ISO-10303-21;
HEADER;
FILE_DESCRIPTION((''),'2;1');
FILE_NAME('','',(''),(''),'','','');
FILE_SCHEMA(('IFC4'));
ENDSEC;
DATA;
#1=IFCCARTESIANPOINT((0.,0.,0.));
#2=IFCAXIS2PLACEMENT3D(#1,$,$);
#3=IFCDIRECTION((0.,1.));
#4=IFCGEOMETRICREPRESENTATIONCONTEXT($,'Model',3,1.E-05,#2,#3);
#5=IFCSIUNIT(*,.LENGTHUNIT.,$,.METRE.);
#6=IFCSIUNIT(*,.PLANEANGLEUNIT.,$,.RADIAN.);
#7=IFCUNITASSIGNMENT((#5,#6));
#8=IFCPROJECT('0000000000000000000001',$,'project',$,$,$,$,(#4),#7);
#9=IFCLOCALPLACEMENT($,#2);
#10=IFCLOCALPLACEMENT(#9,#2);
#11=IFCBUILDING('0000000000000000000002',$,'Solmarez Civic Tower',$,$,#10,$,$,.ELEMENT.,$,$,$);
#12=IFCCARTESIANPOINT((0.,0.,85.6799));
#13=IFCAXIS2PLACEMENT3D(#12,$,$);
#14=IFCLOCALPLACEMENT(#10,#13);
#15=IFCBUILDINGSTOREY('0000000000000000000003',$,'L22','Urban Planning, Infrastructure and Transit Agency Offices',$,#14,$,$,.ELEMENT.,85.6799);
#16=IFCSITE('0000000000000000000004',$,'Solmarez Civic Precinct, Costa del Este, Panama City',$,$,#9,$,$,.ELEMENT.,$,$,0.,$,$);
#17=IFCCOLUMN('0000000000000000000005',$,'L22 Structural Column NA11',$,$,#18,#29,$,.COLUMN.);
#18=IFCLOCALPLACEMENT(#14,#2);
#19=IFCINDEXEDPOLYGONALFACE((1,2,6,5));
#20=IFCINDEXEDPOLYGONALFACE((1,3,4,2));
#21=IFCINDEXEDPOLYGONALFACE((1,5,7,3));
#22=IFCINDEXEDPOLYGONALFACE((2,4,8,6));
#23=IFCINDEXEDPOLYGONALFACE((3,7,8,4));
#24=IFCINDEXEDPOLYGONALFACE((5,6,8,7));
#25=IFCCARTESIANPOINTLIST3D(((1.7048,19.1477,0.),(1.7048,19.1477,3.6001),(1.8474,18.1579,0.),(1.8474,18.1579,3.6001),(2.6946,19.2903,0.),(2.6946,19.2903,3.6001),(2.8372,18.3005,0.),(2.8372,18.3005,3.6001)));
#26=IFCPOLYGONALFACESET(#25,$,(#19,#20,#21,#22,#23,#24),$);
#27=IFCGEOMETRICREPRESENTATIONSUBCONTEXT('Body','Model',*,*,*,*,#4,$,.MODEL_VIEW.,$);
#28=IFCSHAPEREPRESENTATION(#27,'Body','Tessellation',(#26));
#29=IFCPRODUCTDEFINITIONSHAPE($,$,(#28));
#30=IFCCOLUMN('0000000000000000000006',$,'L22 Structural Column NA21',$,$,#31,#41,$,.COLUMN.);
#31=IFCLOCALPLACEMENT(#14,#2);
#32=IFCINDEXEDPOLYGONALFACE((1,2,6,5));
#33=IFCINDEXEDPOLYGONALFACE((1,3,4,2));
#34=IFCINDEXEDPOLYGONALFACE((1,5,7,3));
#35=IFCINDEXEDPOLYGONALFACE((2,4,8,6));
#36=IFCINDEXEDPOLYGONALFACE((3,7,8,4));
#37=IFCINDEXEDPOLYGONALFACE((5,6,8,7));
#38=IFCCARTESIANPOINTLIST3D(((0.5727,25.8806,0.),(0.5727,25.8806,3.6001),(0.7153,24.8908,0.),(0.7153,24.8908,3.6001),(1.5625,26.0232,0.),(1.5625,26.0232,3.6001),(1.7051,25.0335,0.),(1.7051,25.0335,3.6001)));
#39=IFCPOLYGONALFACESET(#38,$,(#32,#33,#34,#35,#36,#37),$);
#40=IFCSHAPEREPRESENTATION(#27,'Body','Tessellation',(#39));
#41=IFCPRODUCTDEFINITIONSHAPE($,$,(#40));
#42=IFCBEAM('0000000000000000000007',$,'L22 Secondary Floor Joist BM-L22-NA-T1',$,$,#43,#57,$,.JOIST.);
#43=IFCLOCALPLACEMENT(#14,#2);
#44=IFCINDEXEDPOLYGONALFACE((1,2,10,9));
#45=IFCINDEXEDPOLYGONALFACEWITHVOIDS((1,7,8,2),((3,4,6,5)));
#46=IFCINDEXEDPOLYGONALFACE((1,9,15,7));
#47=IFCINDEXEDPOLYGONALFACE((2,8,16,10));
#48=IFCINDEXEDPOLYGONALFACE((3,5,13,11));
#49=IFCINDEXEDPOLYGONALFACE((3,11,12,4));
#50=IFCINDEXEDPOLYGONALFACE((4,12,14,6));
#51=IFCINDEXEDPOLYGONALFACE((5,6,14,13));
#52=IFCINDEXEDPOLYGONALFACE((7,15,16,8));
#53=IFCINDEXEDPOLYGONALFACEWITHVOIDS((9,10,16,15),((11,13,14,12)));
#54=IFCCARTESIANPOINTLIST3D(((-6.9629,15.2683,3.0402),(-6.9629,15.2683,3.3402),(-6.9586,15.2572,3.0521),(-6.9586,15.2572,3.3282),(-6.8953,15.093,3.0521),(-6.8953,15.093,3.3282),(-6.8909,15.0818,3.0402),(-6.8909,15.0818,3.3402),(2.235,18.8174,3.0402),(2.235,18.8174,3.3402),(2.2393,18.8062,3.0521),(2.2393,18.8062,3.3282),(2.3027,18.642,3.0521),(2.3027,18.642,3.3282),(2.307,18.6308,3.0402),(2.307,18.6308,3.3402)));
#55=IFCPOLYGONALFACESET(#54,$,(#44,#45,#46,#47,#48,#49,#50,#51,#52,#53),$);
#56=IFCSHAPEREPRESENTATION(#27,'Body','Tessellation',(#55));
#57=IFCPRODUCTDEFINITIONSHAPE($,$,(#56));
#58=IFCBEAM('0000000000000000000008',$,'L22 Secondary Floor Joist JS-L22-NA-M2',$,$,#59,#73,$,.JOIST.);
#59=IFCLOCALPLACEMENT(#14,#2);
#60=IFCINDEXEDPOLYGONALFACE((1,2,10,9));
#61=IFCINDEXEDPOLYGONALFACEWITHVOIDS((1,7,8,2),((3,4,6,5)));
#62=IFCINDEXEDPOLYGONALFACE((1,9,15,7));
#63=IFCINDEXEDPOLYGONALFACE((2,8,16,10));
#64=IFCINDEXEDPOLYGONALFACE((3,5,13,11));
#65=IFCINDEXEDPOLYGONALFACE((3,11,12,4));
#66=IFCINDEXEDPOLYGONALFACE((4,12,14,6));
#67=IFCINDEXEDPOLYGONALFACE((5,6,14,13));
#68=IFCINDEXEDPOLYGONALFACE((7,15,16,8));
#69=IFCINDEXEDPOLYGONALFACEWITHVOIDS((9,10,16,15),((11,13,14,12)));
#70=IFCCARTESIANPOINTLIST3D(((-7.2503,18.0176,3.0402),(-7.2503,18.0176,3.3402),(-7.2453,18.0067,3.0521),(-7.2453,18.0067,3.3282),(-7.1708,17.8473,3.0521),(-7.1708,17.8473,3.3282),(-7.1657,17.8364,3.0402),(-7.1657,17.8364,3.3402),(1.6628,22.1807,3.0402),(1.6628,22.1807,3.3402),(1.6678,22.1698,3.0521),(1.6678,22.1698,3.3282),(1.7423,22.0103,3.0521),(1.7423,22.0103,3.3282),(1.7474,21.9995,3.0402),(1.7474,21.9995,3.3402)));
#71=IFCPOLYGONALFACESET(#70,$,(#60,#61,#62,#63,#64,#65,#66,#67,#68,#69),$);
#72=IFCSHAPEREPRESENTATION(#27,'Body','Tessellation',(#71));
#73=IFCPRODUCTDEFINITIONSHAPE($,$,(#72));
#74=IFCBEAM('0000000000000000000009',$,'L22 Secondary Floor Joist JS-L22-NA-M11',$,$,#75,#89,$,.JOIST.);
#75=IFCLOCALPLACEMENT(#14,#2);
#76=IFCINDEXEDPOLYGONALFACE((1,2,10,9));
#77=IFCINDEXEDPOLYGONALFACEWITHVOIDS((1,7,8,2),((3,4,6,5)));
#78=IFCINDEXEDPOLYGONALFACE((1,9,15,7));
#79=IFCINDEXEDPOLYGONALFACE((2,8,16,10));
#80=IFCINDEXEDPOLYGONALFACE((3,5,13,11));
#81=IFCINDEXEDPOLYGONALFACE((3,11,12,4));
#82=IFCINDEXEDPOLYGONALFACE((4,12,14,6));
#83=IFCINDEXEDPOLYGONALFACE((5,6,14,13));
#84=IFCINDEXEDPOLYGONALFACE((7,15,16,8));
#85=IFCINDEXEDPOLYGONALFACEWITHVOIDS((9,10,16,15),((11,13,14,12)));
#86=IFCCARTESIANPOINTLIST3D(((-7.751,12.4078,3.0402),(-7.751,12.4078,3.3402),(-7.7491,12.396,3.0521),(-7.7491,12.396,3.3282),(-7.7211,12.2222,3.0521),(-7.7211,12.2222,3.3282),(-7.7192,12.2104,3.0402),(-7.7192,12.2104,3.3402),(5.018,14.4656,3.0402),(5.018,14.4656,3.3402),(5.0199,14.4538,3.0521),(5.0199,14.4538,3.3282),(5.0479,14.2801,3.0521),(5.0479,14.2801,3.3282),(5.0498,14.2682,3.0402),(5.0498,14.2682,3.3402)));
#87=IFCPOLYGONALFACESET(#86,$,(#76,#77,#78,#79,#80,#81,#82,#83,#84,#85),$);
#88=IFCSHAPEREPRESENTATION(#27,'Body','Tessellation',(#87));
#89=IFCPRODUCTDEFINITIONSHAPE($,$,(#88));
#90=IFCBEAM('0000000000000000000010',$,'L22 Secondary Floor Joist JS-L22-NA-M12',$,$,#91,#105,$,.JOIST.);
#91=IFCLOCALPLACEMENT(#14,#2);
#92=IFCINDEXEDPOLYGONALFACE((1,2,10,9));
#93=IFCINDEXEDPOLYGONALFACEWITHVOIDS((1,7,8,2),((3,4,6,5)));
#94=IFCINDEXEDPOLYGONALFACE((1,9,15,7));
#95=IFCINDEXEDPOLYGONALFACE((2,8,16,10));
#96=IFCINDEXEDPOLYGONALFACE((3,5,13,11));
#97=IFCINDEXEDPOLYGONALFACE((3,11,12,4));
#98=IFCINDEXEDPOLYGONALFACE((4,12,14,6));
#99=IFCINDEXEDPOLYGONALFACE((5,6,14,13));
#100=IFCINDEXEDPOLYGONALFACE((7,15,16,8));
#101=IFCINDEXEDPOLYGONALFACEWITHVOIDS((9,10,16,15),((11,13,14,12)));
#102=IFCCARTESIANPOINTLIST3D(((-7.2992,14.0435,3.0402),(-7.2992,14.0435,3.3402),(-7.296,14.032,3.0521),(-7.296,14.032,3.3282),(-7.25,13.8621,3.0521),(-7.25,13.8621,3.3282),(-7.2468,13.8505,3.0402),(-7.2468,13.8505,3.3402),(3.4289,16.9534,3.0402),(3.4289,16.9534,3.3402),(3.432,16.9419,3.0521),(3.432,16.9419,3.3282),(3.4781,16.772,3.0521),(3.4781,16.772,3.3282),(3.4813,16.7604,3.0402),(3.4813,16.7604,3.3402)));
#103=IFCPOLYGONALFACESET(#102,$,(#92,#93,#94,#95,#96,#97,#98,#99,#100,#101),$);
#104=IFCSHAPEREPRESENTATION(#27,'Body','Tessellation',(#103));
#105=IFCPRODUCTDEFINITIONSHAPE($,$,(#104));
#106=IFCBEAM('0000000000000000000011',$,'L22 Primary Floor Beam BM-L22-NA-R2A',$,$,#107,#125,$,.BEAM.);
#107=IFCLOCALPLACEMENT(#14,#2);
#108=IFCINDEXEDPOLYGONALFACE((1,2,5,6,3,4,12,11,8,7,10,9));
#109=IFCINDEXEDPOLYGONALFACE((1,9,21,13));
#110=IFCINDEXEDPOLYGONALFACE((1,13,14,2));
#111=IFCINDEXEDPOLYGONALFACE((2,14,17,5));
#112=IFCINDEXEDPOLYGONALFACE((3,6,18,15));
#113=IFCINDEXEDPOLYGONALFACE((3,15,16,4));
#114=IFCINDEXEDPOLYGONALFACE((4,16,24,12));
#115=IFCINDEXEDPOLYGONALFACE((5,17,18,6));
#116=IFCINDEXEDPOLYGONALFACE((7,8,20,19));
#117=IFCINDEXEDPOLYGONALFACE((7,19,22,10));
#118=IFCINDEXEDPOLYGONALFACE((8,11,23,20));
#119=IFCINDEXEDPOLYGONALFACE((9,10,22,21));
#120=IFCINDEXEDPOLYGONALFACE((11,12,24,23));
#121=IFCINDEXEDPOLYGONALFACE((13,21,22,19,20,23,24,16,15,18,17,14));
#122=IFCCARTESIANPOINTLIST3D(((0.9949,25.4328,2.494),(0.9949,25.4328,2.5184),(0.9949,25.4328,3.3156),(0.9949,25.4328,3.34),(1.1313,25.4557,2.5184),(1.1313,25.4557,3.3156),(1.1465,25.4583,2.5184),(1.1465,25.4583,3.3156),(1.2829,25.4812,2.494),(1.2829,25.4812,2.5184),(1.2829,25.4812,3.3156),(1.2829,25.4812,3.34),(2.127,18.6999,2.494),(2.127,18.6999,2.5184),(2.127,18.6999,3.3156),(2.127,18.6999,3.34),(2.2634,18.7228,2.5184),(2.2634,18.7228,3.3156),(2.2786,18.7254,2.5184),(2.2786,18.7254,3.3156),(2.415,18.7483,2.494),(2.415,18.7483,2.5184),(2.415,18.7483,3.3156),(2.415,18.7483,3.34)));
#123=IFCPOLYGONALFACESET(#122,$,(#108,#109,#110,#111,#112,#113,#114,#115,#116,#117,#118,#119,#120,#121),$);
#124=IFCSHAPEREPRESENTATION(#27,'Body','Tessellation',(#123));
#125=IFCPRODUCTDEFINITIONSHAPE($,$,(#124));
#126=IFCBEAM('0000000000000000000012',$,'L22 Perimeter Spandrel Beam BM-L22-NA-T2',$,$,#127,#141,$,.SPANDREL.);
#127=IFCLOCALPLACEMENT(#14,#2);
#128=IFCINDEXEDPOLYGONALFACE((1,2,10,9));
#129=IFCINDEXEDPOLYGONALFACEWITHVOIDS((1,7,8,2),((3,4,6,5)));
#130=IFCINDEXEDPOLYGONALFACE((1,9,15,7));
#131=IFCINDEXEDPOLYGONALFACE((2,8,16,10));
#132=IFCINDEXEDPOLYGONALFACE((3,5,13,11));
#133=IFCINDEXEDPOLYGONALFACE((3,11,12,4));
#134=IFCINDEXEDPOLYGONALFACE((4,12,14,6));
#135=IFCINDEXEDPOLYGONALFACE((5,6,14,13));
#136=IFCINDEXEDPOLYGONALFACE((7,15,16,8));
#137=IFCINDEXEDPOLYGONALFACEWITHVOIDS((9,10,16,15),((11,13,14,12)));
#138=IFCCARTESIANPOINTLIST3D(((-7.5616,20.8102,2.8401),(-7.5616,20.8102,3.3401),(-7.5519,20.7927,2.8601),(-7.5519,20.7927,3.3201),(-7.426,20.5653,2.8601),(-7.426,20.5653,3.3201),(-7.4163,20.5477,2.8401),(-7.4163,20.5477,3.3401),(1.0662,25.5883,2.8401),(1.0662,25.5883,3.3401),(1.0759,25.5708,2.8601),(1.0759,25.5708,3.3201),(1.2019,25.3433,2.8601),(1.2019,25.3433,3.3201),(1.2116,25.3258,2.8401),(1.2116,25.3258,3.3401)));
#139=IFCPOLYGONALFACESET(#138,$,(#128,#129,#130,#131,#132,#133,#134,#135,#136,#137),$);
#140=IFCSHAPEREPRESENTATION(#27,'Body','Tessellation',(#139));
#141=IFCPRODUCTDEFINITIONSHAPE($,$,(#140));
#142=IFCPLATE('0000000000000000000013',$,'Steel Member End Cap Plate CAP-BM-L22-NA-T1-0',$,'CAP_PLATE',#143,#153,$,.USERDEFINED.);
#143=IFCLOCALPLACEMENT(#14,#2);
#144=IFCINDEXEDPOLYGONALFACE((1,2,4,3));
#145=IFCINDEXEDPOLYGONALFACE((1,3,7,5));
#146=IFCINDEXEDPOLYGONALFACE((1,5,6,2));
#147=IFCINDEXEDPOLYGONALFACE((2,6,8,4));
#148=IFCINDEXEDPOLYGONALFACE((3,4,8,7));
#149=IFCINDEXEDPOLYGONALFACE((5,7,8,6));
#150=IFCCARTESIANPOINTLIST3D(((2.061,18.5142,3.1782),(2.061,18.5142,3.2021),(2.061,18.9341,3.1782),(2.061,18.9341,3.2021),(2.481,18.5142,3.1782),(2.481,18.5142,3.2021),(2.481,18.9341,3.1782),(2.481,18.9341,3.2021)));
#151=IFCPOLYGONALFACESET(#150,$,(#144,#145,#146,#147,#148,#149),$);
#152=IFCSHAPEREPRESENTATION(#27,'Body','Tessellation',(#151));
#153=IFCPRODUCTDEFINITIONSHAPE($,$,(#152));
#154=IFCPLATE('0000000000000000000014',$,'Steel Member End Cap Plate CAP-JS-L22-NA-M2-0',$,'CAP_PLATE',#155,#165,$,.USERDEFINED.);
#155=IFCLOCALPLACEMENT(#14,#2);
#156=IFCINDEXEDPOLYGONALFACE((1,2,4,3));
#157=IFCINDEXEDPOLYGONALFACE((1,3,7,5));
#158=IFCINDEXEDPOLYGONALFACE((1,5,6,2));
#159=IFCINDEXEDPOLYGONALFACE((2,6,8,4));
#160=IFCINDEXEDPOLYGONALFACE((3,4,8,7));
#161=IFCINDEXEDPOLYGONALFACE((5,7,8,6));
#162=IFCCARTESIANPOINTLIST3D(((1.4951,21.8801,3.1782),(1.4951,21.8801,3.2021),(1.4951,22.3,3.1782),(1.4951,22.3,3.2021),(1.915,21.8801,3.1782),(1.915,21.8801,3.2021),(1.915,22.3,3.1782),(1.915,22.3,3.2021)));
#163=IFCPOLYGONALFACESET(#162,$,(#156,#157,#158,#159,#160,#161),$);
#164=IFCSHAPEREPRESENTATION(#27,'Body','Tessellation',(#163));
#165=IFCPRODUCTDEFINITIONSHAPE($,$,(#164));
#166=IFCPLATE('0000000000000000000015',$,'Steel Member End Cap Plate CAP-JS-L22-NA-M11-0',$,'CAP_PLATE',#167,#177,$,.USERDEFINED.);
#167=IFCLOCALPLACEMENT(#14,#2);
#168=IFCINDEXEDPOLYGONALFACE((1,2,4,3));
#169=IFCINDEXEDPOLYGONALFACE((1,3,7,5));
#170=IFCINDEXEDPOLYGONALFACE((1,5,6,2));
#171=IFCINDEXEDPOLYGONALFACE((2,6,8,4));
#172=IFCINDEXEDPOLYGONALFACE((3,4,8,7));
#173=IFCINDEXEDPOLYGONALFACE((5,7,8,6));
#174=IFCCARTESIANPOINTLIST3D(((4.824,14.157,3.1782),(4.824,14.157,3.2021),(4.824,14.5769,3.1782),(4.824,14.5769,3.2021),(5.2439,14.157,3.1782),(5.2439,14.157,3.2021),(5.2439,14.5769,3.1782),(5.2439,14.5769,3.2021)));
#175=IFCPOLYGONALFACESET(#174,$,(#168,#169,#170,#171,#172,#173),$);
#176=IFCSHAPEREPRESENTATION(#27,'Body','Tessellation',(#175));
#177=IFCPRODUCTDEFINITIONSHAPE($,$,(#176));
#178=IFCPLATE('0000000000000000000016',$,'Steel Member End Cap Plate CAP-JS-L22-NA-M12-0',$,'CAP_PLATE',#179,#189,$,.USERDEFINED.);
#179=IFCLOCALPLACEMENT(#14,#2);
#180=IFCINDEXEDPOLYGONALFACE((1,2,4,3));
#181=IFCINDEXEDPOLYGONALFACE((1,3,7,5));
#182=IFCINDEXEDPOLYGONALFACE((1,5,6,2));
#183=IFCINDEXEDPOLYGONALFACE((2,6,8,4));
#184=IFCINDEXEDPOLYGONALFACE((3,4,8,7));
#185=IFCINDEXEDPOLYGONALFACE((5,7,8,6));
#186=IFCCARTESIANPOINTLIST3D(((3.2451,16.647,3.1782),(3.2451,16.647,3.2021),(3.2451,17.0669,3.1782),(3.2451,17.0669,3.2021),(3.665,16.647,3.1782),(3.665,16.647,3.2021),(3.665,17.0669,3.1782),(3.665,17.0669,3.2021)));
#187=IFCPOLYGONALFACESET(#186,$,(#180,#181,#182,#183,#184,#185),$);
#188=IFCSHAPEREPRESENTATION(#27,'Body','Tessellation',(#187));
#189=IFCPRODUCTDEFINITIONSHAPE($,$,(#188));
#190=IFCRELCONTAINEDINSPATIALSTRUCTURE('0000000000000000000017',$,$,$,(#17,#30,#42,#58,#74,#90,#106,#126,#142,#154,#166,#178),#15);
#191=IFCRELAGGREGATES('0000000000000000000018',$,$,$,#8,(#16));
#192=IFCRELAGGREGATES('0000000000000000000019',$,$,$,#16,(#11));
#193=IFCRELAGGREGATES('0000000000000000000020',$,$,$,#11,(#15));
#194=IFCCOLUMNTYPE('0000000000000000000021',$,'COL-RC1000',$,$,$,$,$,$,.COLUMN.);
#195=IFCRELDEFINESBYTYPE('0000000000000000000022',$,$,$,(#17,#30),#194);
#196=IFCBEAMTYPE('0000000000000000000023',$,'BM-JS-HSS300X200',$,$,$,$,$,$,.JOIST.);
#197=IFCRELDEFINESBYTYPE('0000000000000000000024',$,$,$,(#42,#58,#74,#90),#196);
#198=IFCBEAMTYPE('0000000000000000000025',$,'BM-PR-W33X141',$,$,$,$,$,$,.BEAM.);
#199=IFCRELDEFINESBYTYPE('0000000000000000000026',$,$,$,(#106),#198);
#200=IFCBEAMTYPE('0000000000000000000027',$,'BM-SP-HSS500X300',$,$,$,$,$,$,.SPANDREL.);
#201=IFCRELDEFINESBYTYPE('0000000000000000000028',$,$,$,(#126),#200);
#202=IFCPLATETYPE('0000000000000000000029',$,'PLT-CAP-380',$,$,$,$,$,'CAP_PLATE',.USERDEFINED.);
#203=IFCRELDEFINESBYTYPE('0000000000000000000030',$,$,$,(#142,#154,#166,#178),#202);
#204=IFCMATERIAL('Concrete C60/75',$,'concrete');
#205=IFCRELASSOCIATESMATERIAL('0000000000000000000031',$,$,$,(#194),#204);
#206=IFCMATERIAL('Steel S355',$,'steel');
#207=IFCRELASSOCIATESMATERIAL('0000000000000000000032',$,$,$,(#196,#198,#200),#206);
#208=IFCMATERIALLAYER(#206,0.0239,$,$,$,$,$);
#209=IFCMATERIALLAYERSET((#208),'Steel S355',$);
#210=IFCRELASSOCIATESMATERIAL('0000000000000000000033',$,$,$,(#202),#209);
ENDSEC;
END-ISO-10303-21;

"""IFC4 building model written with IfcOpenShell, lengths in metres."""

from ifc_helpers import new_model, si_unit, direction, frame, origin, origin_2d, place, context, subcontext, project, spatial, rectangle, hollow_rectangle, i_section, extrude, material, layer, layer_set, material_profile, profile_set, type_object, element, save


model = new_model("IFC4")

# Units and contexts
model_context = context("Model", 3, precision=1e-05, world=origin(), true_north=direction((0.0, 1.0)))
body_context = subcontext(model_context, "Body", "Model", "MODEL_VIEW")
ifc_project = project(units=[si_unit("LENGTHUNIT", "METRE"), si_unit("PLANEANGLEUNIT", "RADIAN")], contexts=[model_context])

# Site, building, storey
site_placement = place(None, origin())
site = spatial("IfcSite", under=ifc_project, at=site_placement, Name="Solmarez Civic Precinct, Costa del Este, Panama City", CompositionType="ELEMENT", RefElevation=0.0)
building_placement = place(site_placement, origin())
building = spatial("IfcBuilding", under=site, at=building_placement, Name="Solmarez Civic Tower", CompositionType="ELEMENT")
storey_placement = place(building_placement, frame((0.0, 0.0, 85.6799)))
storey = spatial("IfcBuildingStorey", under=building, at=storey_placement, Name="L22", Description="Urban Planning, Infrastructure and Transit Agency Offices", CompositionType="ELEMENT", Elevation=85.6799)

# Columns
ifc_material_1 = material(Name="Concrete C60/75", Category="concrete")
ifc_material_profile_1 = material_profile(ifc_material_1, rectangle(XDim=1.0, YDim=1.0, at=origin_2d()), Name="RC1000X1000")
ifc_profile_set_1 = profile_set([ifc_material_profile_1], Name="Concrete C60/75")
column_type = type_object("IfcColumnType", Name="COL-RC1000", PredefinedType="COLUMN", material=ifc_profile_set_1)
for number, where, z_axis, x_axis, name in (
    (1, (2.271, 18.7241, 0.0), (0.0, 0.0, 1.0), (0.989776, 0.142629, 0.0), "L22 Structural Column NA11"),
    (2, (1.1389, 25.457, 0.0), (0.0, 0.0, 1.0), (0.989776, 0.142629, 0.0), "L22 Structural Column NA21"),
):
    element("IfcColumn", number, at=place(storey_placement, frame(where, z_axis=z_axis, x_axis=x_axis)), inside=storey, type_object=column_type, Name=name, PredefinedType="COLUMN", context=body_context, shape_type="SweptSolid", body=[
        extrude(rectangle(XDim=1.0, YDim=1.0, at=origin_2d()), origin(), (0.0, 0.0, 1.0), 3.6001),
    ])

# Beams
ifc_material_2 = material(Name="Steel S355", Category="steel")
ifc_material_profile_2 = material_profile(ifc_material_2, hollow_rectangle(XDim=0.2, YDim=0.3, WallThickness=0.012, at=origin_2d()), Name="HSS300X200X12")
ifc_profile_set_2 = profile_set([ifc_material_profile_2], Name="Steel S355")
beam_type_1 = type_object("IfcBeamType", Name="BM-JS-HSS300X200", PredefinedType="JOIST", material=ifc_profile_set_2)
beam_1_placement = place(storey_placement, frame((2.271, 18.7241, 3.1902), z_axis=(-0.932958, -0.359984, 0.0), x_axis=(0.359984, -0.932958, 0.0)))
element("IfcBeam", 3, at=beam_1_placement, inside=storey, type_object=beam_type_1, Name="L22 Secondary Floor Joist BM-L22-NA-T1", PredefinedType="JOIST", context=body_context, shape_type="SweptSolid", body=[
    extrude(hollow_rectangle(XDim=0.2, YDim=0.3, WallThickness=0.012, at=origin_2d()), origin(), (0.0, 0.0, 1.0), 9.8589),
])
beam_2_placement = place(storey_placement, frame((1.7051, 22.0901, 3.1902), z_axis=(-0.906041, -0.42319, 0.0), x_axis=(0.42319, -0.906041, 0.0)))
element("IfcBeam", 4, at=beam_2_placement, inside=storey, type_object=beam_type_1, Name="L22 Secondary Floor Joist JS-L22-NA-M2", PredefinedType="JOIST", context=body_context, shape_type="SweptSolid", body=[
    extrude(hollow_rectangle(XDim=0.2, YDim=0.3, WallThickness=0.012, at=origin_2d()), origin(), (0.0, 0.0, 1.0), 9.8374),
])
beam_3_placement = place(storey_placement, frame((5.0339, 14.3669, 3.1902), z_axis=(-0.987261, -0.159107, 0.0), x_axis=(0.159107, -0.987261, 0.0)))
element("IfcBeam", 5, at=beam_3_placement, inside=storey, type_object=beam_type_1, Name="L22 Secondary Floor Joist JS-L22-NA-M11", PredefinedType="JOIST", context=body_context, shape_type="SweptSolid", body=[
    extrude(hollow_rectangle(XDim=0.2, YDim=0.3, WallThickness=0.012, at=origin_2d()), origin(), (0.0, 0.0, 1.0), 12.9338),
])
beam_4_placement = place(storey_placement, frame((3.4551, 16.8569, 3.1902), z_axis=(-0.965126, -0.261785, 0.0), x_axis=(0.261785, -0.965126, 0.0)))
element("IfcBeam", 6, at=beam_4_placement, inside=storey, type_object=beam_type_1, Name="L22 Secondary Floor Joist JS-L22-NA-M12", PredefinedType="JOIST", context=body_context, shape_type="SweptSolid", body=[
    extrude(hollow_rectangle(XDim=0.2, YDim=0.3, WallThickness=0.012, at=origin_2d()), origin(), (0.0, 0.0, 1.0), 11.1157),
])
ifc_material_profile_3 = material_profile(ifc_material_2, i_section(OverallWidth=0.292, OverallDepth=0.8459, WebThickness=0.0154, FlangeThickness=0.0244, at=origin_2d()), Name="W33X141")
ifc_profile_set_3 = profile_set([ifc_material_profile_3], Name="Steel S355")
beam_type_2 = type_object("IfcBeamType", Name="BM-PR-W33X141", PredefinedType="BEAM", material=ifc_profile_set_3)
beam_5_placement = place(storey_placement, frame((2.271, 18.7241, 2.917), z_axis=(-0.165814, 0.986157, 0.0), x_axis=(-0.986157, -0.165814, 0.0)))
element("IfcBeam", 7, at=beam_5_placement, inside=storey, type_object=beam_type_2, Name="L22 Primary Floor Beam BM-L22-NA-R2A", PredefinedType="BEAM", context=body_context, shape_type="SweptSolid", body=[
    extrude(i_section(OverallWidth=0.292, OverallDepth=0.8459, WebThickness=0.0154, FlangeThickness=0.0244, at=origin_2d()), origin(), (0.0, 0.0, 1.0), 6.8274),
])
ifc_material_profile_4 = material_profile(ifc_material_2, hollow_rectangle(XDim=0.3, YDim=0.5, WallThickness=0.02, at=origin_2d()), Name="HSS500X300X20")
ifc_profile_set_4 = profile_set([ifc_material_profile_4], Name="Steel S355")
beam_type_3 = type_object("IfcBeamType", Name="BM-SP-HSS500X300", PredefinedType="SPANDREL", material=ifc_profile_set_4)
beam_6_placement = place(storey_placement, frame((1.1389, 25.457, 3.0901), z_axis=(-0.874812, -0.484463, 0.0), x_axis=(0.484463, -0.874812, 0.0)))
element("IfcBeam", 8, at=beam_6_placement, inside=storey, type_object=beam_type_3, Name="L22 Perimeter Spandrel Beam BM-L22-NA-T2", PredefinedType="SPANDREL", context=body_context, shape_type="SweptSolid", body=[
    extrude(hollow_rectangle(XDim=0.3, YDim=0.5, WallThickness=0.02, at=origin_2d()), origin(), (0.0, 0.0, 1.0), 9.8625),
])

# Plates
ifc_layer_1 = layer(ifc_material_2, 0.0239)
ifc_layer_set_1 = layer_set([ifc_layer_1], Name="Steel S355")
plate_type_1 = type_object("IfcPlateType", Name="PLT-CAP-380", ElementType="CAP_PLATE", PredefinedType="USERDEFINED", material=ifc_layer_set_1)
for number, where, z_axis, x_axis, name in (
    (9, (2.271, 18.7241, 3.1782), (0.0, 0.0, 1.0), (1.0, 0.0, 0.0), "Steel Member End Cap Plate CAP-BM-L22-NA-T1-0"),
    (10, (1.7051, 22.0901, 3.1782), (0.0, 0.0, 1.0), (1.0, 0.0, 0.0), "Steel Member End Cap Plate CAP-JS-L22-NA-M2-0"),
    (11, (5.0339, 14.3669, 3.1782), (0.0, 0.0, 1.0), (1.0, 0.0, 0.0), "Steel Member End Cap Plate CAP-JS-L22-NA-M11-0"),
    (12, (3.4551, 16.8569, 3.1782), (0.0, 0.0, 1.0), (1.0, 0.0, 0.0), "Steel Member End Cap Plate CAP-JS-L22-NA-M12-0"),
):
    element("IfcPlate", number, at=place(storey_placement, frame(where, z_axis=z_axis, x_axis=x_axis)), inside=storey, type_object=plate_type_1, Name=name, ObjectType="CAP_PLATE", PredefinedType="USERDEFINED", context=body_context, shape_type="SweptSolid", body=[
        extrude(rectangle(XDim=0.4199, YDim=0.4199, at=origin_2d()), origin(), (0.0, 0.0, 1.0), 0.0239),
    ])

save(model, "model.ifc")
